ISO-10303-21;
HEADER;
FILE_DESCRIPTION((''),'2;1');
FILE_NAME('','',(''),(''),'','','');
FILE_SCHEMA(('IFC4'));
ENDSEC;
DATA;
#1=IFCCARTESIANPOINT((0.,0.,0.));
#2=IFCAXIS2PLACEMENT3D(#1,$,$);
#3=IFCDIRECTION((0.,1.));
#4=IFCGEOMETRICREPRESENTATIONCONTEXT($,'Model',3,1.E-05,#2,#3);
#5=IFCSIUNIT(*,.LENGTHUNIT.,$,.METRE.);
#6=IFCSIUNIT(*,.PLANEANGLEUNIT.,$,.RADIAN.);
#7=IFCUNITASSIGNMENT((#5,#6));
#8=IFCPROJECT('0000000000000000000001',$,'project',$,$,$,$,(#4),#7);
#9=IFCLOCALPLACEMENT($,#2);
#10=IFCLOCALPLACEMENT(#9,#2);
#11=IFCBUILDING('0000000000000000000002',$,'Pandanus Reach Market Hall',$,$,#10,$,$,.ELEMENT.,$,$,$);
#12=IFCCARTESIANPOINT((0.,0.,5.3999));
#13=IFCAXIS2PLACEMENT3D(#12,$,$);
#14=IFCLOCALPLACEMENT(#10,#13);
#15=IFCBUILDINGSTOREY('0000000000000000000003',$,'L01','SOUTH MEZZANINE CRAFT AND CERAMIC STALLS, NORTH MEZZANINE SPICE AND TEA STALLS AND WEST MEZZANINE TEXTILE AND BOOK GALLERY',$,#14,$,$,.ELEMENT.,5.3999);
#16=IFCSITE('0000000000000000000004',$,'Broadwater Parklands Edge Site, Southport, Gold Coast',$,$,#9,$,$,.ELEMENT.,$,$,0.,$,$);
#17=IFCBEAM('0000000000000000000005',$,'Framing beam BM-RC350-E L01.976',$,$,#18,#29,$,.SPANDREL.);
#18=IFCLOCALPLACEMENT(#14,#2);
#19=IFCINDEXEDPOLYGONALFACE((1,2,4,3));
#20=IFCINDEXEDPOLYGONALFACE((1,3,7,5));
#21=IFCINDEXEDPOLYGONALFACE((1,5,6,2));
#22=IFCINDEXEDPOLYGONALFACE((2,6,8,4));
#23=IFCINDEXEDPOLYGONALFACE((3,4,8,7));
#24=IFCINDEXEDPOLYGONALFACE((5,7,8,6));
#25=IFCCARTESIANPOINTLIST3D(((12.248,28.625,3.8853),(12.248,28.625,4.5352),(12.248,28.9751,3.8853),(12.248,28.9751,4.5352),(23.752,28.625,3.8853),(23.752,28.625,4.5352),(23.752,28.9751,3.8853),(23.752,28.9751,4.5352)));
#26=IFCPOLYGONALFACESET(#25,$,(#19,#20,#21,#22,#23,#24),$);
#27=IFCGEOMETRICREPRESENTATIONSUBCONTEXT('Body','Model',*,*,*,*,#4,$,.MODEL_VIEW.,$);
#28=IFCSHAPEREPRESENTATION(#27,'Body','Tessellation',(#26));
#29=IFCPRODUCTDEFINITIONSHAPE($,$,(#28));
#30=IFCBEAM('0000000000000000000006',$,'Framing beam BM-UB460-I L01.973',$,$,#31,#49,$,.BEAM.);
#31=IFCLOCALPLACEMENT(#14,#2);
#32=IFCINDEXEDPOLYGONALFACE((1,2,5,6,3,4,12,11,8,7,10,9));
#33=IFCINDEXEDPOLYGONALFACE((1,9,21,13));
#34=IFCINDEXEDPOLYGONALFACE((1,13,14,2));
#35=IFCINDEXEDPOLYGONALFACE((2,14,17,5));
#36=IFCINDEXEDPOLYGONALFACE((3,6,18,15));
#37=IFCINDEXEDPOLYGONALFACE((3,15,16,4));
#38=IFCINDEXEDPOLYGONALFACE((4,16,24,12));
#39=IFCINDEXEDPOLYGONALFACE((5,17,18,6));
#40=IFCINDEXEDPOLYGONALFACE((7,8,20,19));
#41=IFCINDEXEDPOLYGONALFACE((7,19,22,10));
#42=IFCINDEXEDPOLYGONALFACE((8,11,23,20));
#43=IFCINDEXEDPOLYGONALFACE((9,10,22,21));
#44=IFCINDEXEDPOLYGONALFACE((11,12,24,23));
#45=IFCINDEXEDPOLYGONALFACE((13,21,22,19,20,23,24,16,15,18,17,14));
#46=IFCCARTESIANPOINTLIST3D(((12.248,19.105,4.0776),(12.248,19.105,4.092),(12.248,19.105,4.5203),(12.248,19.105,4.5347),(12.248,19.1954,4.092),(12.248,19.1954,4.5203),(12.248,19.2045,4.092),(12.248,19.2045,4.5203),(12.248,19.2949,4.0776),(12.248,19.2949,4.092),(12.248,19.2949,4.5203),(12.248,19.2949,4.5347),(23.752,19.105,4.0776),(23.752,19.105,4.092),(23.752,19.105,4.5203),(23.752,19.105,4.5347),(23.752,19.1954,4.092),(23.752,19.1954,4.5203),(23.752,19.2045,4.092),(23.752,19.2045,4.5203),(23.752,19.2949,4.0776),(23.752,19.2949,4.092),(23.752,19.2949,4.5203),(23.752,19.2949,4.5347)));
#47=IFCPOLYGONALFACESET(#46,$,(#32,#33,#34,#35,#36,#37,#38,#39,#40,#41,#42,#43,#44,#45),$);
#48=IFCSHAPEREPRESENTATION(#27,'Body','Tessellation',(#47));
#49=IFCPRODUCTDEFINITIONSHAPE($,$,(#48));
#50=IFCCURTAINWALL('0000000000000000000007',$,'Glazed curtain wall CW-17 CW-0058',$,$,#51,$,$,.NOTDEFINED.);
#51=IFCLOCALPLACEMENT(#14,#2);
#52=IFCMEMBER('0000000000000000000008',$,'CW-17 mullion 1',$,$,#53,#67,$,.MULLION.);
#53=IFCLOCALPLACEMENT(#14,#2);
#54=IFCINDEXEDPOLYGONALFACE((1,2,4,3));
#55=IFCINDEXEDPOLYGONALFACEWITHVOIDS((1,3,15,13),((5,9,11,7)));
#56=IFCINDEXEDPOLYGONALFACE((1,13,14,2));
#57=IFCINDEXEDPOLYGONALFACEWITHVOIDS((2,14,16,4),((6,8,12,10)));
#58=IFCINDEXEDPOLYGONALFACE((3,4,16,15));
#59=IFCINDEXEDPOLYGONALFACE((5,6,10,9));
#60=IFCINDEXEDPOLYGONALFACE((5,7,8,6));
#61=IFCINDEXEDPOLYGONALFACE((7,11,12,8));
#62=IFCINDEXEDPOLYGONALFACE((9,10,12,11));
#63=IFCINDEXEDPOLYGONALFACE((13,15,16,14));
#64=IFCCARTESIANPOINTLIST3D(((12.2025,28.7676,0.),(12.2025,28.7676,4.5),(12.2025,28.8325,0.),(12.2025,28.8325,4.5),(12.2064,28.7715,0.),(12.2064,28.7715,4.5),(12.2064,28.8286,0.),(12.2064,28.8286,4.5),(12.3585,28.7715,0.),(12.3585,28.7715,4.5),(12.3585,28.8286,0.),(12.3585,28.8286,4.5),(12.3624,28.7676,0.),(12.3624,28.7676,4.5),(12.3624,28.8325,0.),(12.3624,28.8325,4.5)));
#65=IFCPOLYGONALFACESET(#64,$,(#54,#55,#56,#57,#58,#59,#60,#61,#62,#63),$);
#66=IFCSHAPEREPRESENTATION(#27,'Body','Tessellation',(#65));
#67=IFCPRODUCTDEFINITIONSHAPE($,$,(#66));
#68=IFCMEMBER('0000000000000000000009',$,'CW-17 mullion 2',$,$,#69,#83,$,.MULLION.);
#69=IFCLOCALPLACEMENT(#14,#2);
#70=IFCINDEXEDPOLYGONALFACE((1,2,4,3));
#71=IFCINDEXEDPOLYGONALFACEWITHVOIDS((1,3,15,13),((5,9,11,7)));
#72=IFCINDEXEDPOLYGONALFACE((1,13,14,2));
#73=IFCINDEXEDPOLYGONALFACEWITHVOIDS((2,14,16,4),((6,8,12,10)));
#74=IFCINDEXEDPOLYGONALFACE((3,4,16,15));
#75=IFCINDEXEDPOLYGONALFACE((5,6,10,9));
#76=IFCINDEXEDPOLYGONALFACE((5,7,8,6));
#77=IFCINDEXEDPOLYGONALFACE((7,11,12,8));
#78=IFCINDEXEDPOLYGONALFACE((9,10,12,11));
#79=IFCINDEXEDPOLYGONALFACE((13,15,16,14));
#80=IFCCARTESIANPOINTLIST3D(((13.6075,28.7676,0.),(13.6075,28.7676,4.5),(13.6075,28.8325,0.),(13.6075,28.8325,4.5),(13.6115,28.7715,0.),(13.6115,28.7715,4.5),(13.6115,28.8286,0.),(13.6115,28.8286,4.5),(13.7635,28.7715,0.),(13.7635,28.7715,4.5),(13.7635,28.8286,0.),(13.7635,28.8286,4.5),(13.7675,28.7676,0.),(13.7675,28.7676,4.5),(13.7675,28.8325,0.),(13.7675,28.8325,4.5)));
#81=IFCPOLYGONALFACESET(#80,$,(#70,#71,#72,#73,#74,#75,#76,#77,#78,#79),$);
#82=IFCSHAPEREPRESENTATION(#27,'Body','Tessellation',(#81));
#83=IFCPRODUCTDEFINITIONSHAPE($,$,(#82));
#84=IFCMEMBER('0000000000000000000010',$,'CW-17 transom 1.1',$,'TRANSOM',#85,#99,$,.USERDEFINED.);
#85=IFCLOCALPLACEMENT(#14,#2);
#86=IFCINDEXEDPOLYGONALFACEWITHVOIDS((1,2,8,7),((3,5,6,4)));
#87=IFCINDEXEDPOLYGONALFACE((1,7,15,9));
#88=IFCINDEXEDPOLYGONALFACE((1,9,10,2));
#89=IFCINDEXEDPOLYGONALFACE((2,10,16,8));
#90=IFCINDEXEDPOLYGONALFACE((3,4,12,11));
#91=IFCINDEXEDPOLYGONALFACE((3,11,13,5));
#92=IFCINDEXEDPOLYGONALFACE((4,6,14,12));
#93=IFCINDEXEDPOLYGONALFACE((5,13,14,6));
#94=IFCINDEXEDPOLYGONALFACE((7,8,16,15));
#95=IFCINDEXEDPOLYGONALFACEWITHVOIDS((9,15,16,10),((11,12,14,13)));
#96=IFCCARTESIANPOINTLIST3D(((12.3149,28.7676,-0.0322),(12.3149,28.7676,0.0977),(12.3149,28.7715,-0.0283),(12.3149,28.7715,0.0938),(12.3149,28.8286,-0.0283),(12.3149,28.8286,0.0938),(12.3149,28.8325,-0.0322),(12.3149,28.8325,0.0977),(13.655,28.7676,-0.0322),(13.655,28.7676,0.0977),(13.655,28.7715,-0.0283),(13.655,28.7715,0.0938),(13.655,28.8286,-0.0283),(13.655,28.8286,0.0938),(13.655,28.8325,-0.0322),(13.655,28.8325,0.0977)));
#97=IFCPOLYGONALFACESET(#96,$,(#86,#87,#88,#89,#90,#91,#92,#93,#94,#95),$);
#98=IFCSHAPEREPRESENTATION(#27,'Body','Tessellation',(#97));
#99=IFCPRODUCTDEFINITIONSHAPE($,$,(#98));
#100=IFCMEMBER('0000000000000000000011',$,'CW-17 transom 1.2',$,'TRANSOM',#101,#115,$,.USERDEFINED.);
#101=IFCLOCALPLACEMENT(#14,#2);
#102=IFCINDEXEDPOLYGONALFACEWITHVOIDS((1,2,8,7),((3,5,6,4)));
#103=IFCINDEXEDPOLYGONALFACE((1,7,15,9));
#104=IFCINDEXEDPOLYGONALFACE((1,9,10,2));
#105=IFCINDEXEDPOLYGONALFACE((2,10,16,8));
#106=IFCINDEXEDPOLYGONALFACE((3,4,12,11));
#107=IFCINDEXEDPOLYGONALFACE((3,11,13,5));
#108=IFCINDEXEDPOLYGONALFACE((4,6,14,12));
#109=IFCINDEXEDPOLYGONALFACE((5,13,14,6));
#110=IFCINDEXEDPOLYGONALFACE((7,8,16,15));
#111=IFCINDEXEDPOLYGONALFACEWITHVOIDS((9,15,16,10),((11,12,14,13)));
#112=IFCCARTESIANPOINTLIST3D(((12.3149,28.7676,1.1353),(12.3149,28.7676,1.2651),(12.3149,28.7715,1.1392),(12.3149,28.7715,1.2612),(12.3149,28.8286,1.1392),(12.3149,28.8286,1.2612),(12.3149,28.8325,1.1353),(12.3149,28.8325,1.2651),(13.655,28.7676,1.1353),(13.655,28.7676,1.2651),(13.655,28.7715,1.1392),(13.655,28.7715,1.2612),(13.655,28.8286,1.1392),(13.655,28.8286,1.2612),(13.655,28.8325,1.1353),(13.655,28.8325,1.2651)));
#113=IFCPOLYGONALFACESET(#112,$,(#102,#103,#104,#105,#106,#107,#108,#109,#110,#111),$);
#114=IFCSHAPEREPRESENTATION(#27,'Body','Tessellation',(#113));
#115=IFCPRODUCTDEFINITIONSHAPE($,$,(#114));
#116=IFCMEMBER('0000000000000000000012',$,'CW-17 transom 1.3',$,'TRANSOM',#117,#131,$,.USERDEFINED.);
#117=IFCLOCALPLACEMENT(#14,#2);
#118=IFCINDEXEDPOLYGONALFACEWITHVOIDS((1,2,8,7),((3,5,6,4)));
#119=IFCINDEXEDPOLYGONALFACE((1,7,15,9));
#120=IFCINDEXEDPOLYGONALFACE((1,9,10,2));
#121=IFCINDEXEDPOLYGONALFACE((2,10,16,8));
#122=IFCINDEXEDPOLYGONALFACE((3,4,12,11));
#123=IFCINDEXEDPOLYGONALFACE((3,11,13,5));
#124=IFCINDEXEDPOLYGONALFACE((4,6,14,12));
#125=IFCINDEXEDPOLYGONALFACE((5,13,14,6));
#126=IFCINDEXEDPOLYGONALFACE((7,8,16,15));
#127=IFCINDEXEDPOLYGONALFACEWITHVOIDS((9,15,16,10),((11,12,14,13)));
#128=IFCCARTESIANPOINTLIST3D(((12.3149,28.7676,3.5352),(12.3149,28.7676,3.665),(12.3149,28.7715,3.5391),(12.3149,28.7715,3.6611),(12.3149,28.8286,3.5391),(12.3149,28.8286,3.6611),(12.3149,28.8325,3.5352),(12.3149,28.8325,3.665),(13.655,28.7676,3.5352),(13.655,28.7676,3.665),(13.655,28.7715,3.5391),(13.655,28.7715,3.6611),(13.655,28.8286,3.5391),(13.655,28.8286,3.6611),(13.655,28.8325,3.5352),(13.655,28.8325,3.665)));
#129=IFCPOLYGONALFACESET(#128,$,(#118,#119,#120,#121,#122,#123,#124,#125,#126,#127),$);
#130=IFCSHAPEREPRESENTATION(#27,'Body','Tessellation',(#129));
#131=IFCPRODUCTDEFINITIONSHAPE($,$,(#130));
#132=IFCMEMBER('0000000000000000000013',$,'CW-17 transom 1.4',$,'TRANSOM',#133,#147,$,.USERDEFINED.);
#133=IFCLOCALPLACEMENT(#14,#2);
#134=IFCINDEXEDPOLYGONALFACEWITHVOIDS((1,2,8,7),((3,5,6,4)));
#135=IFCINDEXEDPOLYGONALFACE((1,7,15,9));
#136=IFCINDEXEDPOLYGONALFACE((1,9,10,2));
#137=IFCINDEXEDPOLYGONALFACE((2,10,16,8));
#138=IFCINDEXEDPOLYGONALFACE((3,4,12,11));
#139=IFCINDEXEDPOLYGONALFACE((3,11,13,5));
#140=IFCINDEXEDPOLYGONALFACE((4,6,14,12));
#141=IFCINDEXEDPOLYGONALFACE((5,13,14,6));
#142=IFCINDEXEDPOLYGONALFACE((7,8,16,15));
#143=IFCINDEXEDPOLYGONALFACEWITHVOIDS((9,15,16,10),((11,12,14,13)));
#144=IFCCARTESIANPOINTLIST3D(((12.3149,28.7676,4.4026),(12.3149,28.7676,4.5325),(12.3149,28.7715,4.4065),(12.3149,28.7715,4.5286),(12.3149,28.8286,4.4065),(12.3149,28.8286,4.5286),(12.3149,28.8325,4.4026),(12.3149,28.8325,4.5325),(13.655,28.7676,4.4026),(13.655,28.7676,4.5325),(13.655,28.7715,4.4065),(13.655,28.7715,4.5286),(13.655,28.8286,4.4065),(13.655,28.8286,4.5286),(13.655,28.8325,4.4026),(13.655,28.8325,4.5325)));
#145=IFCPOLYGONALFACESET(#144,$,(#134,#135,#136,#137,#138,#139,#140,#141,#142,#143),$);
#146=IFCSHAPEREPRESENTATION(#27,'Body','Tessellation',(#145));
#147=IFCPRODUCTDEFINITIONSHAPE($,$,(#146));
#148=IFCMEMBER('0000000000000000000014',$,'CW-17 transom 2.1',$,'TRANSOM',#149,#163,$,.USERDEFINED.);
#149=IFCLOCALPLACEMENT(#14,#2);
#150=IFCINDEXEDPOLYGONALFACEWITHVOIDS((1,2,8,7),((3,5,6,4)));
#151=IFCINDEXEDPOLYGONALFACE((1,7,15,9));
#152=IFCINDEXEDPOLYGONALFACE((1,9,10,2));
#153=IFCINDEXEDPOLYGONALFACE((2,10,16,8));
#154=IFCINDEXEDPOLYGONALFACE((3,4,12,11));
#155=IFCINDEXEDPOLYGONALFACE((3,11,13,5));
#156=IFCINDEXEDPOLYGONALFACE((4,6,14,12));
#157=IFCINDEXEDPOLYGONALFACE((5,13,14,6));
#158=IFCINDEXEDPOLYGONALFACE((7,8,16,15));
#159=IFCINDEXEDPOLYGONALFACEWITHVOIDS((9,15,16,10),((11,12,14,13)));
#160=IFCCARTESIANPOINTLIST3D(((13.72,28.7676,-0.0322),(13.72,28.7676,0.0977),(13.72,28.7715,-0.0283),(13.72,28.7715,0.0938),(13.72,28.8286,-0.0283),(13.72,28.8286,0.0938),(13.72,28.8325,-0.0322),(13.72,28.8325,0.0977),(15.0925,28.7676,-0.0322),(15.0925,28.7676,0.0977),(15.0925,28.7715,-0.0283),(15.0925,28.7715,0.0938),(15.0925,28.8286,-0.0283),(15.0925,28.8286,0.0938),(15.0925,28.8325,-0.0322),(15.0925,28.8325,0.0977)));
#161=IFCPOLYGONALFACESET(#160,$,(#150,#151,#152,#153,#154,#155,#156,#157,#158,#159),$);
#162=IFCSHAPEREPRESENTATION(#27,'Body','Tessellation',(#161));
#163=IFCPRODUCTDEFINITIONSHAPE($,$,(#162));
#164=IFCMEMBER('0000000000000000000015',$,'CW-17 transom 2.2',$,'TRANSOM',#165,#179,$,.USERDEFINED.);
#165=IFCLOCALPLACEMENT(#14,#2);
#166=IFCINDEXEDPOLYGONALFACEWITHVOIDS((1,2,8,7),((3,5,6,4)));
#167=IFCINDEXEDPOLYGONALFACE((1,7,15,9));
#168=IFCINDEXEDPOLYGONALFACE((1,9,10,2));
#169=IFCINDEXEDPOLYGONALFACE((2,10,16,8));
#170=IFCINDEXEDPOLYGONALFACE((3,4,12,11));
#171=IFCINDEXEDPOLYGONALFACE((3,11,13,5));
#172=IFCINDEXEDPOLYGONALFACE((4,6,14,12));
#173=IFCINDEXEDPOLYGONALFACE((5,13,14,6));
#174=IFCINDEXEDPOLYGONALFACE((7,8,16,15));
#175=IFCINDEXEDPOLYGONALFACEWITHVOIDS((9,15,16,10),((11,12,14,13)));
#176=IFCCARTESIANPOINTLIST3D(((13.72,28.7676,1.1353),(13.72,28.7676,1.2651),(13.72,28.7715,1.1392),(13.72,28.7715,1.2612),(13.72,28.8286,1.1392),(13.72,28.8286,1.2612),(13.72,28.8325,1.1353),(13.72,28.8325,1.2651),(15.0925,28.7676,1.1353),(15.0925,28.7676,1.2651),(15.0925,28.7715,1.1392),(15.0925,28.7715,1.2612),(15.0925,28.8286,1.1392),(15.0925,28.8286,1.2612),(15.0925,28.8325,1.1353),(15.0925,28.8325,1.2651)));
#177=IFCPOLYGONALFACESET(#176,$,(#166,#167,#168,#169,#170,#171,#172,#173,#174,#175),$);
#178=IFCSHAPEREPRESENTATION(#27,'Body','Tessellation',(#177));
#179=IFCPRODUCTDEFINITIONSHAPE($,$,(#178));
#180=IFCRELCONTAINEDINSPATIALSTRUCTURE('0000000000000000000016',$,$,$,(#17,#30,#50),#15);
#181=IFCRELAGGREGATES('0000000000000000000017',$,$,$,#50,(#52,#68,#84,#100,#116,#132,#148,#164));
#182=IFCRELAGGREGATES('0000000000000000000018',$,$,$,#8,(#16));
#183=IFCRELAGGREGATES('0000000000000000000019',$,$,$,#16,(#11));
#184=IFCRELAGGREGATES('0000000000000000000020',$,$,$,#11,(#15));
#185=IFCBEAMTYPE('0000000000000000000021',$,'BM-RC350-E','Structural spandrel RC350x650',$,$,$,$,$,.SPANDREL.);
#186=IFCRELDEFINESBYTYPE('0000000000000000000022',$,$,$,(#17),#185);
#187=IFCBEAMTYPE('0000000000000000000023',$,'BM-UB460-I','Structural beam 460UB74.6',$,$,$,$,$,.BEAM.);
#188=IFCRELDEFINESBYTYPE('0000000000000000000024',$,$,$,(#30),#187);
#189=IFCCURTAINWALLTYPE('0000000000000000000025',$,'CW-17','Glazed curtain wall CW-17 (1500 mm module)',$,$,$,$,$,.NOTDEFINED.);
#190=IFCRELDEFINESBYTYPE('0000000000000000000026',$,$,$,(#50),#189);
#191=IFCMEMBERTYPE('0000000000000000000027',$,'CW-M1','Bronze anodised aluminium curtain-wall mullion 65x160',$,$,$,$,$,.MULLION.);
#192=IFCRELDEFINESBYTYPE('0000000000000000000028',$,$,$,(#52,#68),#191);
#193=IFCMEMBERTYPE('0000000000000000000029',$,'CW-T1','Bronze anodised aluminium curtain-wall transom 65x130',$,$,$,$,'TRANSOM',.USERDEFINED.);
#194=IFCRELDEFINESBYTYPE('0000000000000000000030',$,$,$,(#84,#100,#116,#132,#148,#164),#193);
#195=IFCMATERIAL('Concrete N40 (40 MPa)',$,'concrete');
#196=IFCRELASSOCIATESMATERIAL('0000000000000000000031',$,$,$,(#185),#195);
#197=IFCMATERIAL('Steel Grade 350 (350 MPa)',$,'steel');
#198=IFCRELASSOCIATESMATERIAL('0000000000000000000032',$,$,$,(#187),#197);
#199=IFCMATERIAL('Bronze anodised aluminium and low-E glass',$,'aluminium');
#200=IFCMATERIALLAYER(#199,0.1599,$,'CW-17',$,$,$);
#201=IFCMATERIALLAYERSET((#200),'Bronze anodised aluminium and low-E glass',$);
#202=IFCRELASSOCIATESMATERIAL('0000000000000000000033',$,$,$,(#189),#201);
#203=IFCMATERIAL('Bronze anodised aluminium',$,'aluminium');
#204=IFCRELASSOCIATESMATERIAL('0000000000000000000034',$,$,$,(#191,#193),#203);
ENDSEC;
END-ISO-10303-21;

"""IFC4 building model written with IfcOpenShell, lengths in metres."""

from ifc_helpers import new_model, si_unit, direction, frame, origin, origin_2d, place, context, subcontext, project, spatial, rectangle, hollow_rectangle, i_section, extrude, material, layer, layer_set, material_profile, profile_set, type_object, element, aggregate, save


model = new_model("IFC4")

# Units and contexts
model_context = context("Model", 3, precision=1e-05, world=origin(), true_north=direction((0.0, 1.0)))
body_context = subcontext(model_context, "Body", "Model", "MODEL_VIEW")
ifc_project = project(units=[si_unit("LENGTHUNIT", "METRE"), si_unit("PLANEANGLEUNIT", "RADIAN")], contexts=[model_context])

# Site, building, storey
site_placement = place(None, origin())
site = spatial("IfcSite", under=ifc_project, at=site_placement, Name="Broadwater Parklands Edge Site, Southport, Gold Coast", CompositionType="ELEMENT", RefElevation=0.0)
building_placement = place(site_placement, origin())
building = spatial("IfcBuilding", under=site, at=building_placement, Name="Pandanus Reach Market Hall", CompositionType="ELEMENT")
storey_placement = place(building_placement, frame((0.0, 0.0, 5.3999)))
storey = spatial("IfcBuildingStorey", under=building, at=storey_placement, Name="L01", Description="SOUTH MEZZANINE CRAFT AND CERAMIC STALLS, NORTH MEZZANINE SPICE AND TEA STALLS AND WEST MEZZANINE TEXTILE AND BOOK GALLERY", CompositionType="ELEMENT", Elevation=5.3999)

# Beams
ifc_material_1 = material(Name="Concrete N40 (40 MPa)", Category="concrete")
ifc_material_profile_1 = material_profile(ifc_material_1, rectangle(XDim=0.3501, YDim=0.6499, at=origin_2d()), Name="RC350x650", Category="LoadBearing")
ifc_profile_set_1 = profile_set([ifc_material_profile_1], Name="Concrete N40 (40 MPa)")
beam_type_1 = type_object("IfcBeamType", Name="BM-RC350-E", Description="Structural spandrel RC350x650", PredefinedType="SPANDREL", material=ifc_profile_set_1)
beam_1_placement = place(storey_placement, frame((12.248, 28.8, 4.2102), z_axis=(1.0, 0.0, 0.0), x_axis=(0.0, 1.0, 0.0)))
element("IfcBeam", 1, at=beam_1_placement, inside=storey, type_object=beam_type_1, Name="Framing beam BM-RC350-E L01.976", PredefinedType="SPANDREL", context=body_context, shape_type="SweptSolid", body=[
    extrude(rectangle(XDim=0.3501, YDim=0.6499, at=origin_2d()), origin(), (0.0, 0.0, 1.0), 11.5039),
])
ifc_material_2 = material(Name="Steel Grade 350 (350 MPa)", Category="steel")
ifc_material_profile_2 = material_profile(ifc_material_2, i_section(OverallWidth=0.1899, OverallDepth=0.457, WebThickness=0.009, FlangeThickness=0.0144, at=origin_2d()), Name="460UB74.6", Category="LoadBearing")
ifc_profile_set_2 = profile_set([ifc_material_profile_2], Name="Steel Grade 350 (350 MPa)")
beam_type_2 = type_object("IfcBeamType", Name="BM-UB460-I", Description="Structural beam 460UB74.6", PredefinedType="BEAM", material=ifc_profile_set_2)
beam_2_placement = place(storey_placement, frame((12.248, 19.2, 4.3062), z_axis=(1.0, 0.0, 0.0), x_axis=(0.0, 1.0, 0.0)))
element("IfcBeam", 2, at=beam_2_placement, inside=storey, type_object=beam_type_2, Name="Framing beam BM-UB460-I L01.973", PredefinedType="BEAM", context=body_context, shape_type="SweptSolid", body=[
    extrude(i_section(OverallWidth=0.1899, OverallDepth=0.457, WebThickness=0.009, FlangeThickness=0.0144, at=origin_2d()), origin(), (0.0, 0.0, 1.0), 11.5039),
])

# Curtain wall, members
ifc_material_3 = material(Name="Bronze anodised aluminium and low-E glass", Category="aluminium")
ifc_layer_1 = layer(ifc_material_3, 0.1599, Name="CW-17")
ifc_layer_set_1 = layer_set([ifc_layer_1], Name="Bronze anodised aluminium and low-E glass")
curtain_wall_type = type_object("IfcCurtainWallType", Name="CW-17", Description="Glazed curtain wall CW-17 (1500 mm module)", PredefinedType="NOTDEFINED", material=ifc_layer_set_1)
curtain_wall_placement = place(storey_placement, origin())
curtain_wall = element("IfcCurtainWall", 3, at=curtain_wall_placement, inside=storey, type_object=curtain_wall_type, Name="Glazed curtain wall CW-17 CW-0058", PredefinedType="NOTDEFINED")
ifc_material_4 = material(Name="Bronze anodised aluminium", Category="aluminium")
ifc_material_profile_3 = material_profile(ifc_material_4, hollow_rectangle(XDim=0.0649, YDim=0.1599, WallThickness=0.0039, at=origin_2d()), Name="ALU65x160", Category="LoadBearing")
ifc_profile_set_3 = profile_set([ifc_material_profile_3], Name="Bronze anodised aluminium")
member_type_1 = type_object("IfcMemberType", Name="CW-M1", Description="Bronze anodised aluminium curtain-wall mullion 65x160", PredefinedType="MULLION", material=ifc_profile_set_3)
member_1_placement = place(storey_placement, frame((12.2825, 28.8, 0.0), z_axis=(0.0, 0.0, 1.0), x_axis=(0.0, 1.0, 0.0)))
member_1 = element("IfcMember", 4, at=member_1_placement, type_object=member_type_1, Name="CW-17 mullion 1", PredefinedType="MULLION", context=body_context, shape_type="SweptSolid", body=[
    extrude(hollow_rectangle(XDim=0.0649, YDim=0.1599, WallThickness=0.0039, at=origin_2d()), origin(), (0.0, 0.0, 1.0), 4.5),
])
member_2_placement = place(storey_placement, frame((13.6875, 28.8, 0.0), z_axis=(0.0, 0.0, 1.0), x_axis=(0.0, 1.0, 0.0)))
member_2 = element("IfcMember", 5, at=member_2_placement, type_object=member_type_1, Name="CW-17 mullion 2", PredefinedType="MULLION", context=body_context, shape_type="SweptSolid", body=[
    extrude(hollow_rectangle(XDim=0.0649, YDim=0.1599, WallThickness=0.0039, at=origin_2d()), origin(), (0.0, 0.0, 1.0), 4.5),
])
ifc_material_profile_4 = material_profile(ifc_material_4, hollow_rectangle(XDim=0.0649, YDim=0.1299, WallThickness=0.0039, at=origin_2d()), Name="ALU65x130", Category="LoadBearing")
ifc_profile_set_4 = profile_set([ifc_material_profile_4], Name="Bronze anodised aluminium")
member_type_2 = type_object("IfcMemberType", Name="CW-T1", Description="Bronze anodised aluminium curtain-wall transom 65x130", ElementType="TRANSOM", PredefinedType="USERDEFINED", material=ifc_profile_set_4)
member_3_placement = place(storey_placement, frame((12.3149, 28.8, 0.0327), z_axis=(1.0, 0.0, 0.0), x_axis=(0.0, 1.0, 0.0)))
member_3 = element("IfcMember", 6, at=member_3_placement, type_object=member_type_2, Name="CW-17 transom 1.1", ObjectType="TRANSOM", PredefinedType="USERDEFINED", context=body_context, shape_type="SweptSolid", body=[
    extrude(hollow_rectangle(XDim=0.0649, YDim=0.1299, WallThickness=0.0039, at=origin_2d()), origin(), (0.0, 0.0, 1.0), 1.3401),
])
member_4_placement = place(storey_placement, frame((12.3149, 28.8, 1.2002), z_axis=(1.0, 0.0, 0.0), x_axis=(0.0, 1.0, 0.0)))
member_4 = element("IfcMember", 7, at=member_4_placement, type_object=member_type_2, Name="CW-17 transom 1.2", ObjectType="TRANSOM", PredefinedType="USERDEFINED", context=body_context, shape_type="SweptSolid", body=[
    extrude(hollow_rectangle(XDim=0.0649, YDim=0.1299, WallThickness=0.0039, at=origin_2d()), origin(), (0.0, 0.0, 1.0), 1.3401),
])
member_5_placement = place(storey_placement, frame((12.3149, 28.8, 3.6001), z_axis=(1.0, 0.0, 0.0), x_axis=(0.0, 1.0, 0.0)))
member_5 = element("IfcMember", 8, at=member_5_placement, type_object=member_type_2, Name="CW-17 transom 1.3", ObjectType="TRANSOM", PredefinedType="USERDEFINED", context=body_context, shape_type="SweptSolid", body=[
    extrude(hollow_rectangle(XDim=0.0649, YDim=0.1299, WallThickness=0.0039, at=origin_2d()), origin(), (0.0, 0.0, 1.0), 1.3401),
])
member_6_placement = place(storey_placement, frame((12.3149, 28.8, 4.4675), z_axis=(1.0, 0.0, 0.0), x_axis=(0.0, 1.0, 0.0)))
member_6 = element("IfcMember", 9, at=member_6_placement, type_object=member_type_2, Name="CW-17 transom 1.4", ObjectType="TRANSOM", PredefinedType="USERDEFINED", context=body_context, shape_type="SweptSolid", body=[
    extrude(hollow_rectangle(XDim=0.0649, YDim=0.1299, WallThickness=0.0039, at=origin_2d()), origin(), (0.0, 0.0, 1.0), 1.3401),
])
member_7_placement = place(storey_placement, frame((13.72, 28.8, 0.0327), z_axis=(1.0, 0.0, 0.0), x_axis=(0.0, 1.0, 0.0)))
member_7 = element("IfcMember", 10, at=member_7_placement, type_object=member_type_2, Name="CW-17 transom 2.1", ObjectType="TRANSOM", PredefinedType="USERDEFINED", context=body_context, shape_type="SweptSolid", body=[
    extrude(hollow_rectangle(XDim=0.0649, YDim=0.1299, WallThickness=0.0039, at=origin_2d()), origin(), (0.0, 0.0, 1.0), 1.3726),
])
member_8_placement = place(storey_placement, frame((13.72, 28.8, 1.2002), z_axis=(1.0, 0.0, 0.0), x_axis=(0.0, 1.0, 0.0)))
member_8 = element("IfcMember", 11, at=member_8_placement, type_object=member_type_2, Name="CW-17 transom 2.2", ObjectType="TRANSOM", PredefinedType="USERDEFINED", context=body_context, shape_type="SweptSolid", body=[
    extrude(hollow_rectangle(XDim=0.0649, YDim=0.1299, WallThickness=0.0039, at=origin_2d()), origin(), (0.0, 0.0, 1.0), 1.3726),
])
aggregate(curtain_wall, [member_1, member_2, member_3, member_4, member_5, member_6, member_7, member_8])

save(model, "model.ifc")
